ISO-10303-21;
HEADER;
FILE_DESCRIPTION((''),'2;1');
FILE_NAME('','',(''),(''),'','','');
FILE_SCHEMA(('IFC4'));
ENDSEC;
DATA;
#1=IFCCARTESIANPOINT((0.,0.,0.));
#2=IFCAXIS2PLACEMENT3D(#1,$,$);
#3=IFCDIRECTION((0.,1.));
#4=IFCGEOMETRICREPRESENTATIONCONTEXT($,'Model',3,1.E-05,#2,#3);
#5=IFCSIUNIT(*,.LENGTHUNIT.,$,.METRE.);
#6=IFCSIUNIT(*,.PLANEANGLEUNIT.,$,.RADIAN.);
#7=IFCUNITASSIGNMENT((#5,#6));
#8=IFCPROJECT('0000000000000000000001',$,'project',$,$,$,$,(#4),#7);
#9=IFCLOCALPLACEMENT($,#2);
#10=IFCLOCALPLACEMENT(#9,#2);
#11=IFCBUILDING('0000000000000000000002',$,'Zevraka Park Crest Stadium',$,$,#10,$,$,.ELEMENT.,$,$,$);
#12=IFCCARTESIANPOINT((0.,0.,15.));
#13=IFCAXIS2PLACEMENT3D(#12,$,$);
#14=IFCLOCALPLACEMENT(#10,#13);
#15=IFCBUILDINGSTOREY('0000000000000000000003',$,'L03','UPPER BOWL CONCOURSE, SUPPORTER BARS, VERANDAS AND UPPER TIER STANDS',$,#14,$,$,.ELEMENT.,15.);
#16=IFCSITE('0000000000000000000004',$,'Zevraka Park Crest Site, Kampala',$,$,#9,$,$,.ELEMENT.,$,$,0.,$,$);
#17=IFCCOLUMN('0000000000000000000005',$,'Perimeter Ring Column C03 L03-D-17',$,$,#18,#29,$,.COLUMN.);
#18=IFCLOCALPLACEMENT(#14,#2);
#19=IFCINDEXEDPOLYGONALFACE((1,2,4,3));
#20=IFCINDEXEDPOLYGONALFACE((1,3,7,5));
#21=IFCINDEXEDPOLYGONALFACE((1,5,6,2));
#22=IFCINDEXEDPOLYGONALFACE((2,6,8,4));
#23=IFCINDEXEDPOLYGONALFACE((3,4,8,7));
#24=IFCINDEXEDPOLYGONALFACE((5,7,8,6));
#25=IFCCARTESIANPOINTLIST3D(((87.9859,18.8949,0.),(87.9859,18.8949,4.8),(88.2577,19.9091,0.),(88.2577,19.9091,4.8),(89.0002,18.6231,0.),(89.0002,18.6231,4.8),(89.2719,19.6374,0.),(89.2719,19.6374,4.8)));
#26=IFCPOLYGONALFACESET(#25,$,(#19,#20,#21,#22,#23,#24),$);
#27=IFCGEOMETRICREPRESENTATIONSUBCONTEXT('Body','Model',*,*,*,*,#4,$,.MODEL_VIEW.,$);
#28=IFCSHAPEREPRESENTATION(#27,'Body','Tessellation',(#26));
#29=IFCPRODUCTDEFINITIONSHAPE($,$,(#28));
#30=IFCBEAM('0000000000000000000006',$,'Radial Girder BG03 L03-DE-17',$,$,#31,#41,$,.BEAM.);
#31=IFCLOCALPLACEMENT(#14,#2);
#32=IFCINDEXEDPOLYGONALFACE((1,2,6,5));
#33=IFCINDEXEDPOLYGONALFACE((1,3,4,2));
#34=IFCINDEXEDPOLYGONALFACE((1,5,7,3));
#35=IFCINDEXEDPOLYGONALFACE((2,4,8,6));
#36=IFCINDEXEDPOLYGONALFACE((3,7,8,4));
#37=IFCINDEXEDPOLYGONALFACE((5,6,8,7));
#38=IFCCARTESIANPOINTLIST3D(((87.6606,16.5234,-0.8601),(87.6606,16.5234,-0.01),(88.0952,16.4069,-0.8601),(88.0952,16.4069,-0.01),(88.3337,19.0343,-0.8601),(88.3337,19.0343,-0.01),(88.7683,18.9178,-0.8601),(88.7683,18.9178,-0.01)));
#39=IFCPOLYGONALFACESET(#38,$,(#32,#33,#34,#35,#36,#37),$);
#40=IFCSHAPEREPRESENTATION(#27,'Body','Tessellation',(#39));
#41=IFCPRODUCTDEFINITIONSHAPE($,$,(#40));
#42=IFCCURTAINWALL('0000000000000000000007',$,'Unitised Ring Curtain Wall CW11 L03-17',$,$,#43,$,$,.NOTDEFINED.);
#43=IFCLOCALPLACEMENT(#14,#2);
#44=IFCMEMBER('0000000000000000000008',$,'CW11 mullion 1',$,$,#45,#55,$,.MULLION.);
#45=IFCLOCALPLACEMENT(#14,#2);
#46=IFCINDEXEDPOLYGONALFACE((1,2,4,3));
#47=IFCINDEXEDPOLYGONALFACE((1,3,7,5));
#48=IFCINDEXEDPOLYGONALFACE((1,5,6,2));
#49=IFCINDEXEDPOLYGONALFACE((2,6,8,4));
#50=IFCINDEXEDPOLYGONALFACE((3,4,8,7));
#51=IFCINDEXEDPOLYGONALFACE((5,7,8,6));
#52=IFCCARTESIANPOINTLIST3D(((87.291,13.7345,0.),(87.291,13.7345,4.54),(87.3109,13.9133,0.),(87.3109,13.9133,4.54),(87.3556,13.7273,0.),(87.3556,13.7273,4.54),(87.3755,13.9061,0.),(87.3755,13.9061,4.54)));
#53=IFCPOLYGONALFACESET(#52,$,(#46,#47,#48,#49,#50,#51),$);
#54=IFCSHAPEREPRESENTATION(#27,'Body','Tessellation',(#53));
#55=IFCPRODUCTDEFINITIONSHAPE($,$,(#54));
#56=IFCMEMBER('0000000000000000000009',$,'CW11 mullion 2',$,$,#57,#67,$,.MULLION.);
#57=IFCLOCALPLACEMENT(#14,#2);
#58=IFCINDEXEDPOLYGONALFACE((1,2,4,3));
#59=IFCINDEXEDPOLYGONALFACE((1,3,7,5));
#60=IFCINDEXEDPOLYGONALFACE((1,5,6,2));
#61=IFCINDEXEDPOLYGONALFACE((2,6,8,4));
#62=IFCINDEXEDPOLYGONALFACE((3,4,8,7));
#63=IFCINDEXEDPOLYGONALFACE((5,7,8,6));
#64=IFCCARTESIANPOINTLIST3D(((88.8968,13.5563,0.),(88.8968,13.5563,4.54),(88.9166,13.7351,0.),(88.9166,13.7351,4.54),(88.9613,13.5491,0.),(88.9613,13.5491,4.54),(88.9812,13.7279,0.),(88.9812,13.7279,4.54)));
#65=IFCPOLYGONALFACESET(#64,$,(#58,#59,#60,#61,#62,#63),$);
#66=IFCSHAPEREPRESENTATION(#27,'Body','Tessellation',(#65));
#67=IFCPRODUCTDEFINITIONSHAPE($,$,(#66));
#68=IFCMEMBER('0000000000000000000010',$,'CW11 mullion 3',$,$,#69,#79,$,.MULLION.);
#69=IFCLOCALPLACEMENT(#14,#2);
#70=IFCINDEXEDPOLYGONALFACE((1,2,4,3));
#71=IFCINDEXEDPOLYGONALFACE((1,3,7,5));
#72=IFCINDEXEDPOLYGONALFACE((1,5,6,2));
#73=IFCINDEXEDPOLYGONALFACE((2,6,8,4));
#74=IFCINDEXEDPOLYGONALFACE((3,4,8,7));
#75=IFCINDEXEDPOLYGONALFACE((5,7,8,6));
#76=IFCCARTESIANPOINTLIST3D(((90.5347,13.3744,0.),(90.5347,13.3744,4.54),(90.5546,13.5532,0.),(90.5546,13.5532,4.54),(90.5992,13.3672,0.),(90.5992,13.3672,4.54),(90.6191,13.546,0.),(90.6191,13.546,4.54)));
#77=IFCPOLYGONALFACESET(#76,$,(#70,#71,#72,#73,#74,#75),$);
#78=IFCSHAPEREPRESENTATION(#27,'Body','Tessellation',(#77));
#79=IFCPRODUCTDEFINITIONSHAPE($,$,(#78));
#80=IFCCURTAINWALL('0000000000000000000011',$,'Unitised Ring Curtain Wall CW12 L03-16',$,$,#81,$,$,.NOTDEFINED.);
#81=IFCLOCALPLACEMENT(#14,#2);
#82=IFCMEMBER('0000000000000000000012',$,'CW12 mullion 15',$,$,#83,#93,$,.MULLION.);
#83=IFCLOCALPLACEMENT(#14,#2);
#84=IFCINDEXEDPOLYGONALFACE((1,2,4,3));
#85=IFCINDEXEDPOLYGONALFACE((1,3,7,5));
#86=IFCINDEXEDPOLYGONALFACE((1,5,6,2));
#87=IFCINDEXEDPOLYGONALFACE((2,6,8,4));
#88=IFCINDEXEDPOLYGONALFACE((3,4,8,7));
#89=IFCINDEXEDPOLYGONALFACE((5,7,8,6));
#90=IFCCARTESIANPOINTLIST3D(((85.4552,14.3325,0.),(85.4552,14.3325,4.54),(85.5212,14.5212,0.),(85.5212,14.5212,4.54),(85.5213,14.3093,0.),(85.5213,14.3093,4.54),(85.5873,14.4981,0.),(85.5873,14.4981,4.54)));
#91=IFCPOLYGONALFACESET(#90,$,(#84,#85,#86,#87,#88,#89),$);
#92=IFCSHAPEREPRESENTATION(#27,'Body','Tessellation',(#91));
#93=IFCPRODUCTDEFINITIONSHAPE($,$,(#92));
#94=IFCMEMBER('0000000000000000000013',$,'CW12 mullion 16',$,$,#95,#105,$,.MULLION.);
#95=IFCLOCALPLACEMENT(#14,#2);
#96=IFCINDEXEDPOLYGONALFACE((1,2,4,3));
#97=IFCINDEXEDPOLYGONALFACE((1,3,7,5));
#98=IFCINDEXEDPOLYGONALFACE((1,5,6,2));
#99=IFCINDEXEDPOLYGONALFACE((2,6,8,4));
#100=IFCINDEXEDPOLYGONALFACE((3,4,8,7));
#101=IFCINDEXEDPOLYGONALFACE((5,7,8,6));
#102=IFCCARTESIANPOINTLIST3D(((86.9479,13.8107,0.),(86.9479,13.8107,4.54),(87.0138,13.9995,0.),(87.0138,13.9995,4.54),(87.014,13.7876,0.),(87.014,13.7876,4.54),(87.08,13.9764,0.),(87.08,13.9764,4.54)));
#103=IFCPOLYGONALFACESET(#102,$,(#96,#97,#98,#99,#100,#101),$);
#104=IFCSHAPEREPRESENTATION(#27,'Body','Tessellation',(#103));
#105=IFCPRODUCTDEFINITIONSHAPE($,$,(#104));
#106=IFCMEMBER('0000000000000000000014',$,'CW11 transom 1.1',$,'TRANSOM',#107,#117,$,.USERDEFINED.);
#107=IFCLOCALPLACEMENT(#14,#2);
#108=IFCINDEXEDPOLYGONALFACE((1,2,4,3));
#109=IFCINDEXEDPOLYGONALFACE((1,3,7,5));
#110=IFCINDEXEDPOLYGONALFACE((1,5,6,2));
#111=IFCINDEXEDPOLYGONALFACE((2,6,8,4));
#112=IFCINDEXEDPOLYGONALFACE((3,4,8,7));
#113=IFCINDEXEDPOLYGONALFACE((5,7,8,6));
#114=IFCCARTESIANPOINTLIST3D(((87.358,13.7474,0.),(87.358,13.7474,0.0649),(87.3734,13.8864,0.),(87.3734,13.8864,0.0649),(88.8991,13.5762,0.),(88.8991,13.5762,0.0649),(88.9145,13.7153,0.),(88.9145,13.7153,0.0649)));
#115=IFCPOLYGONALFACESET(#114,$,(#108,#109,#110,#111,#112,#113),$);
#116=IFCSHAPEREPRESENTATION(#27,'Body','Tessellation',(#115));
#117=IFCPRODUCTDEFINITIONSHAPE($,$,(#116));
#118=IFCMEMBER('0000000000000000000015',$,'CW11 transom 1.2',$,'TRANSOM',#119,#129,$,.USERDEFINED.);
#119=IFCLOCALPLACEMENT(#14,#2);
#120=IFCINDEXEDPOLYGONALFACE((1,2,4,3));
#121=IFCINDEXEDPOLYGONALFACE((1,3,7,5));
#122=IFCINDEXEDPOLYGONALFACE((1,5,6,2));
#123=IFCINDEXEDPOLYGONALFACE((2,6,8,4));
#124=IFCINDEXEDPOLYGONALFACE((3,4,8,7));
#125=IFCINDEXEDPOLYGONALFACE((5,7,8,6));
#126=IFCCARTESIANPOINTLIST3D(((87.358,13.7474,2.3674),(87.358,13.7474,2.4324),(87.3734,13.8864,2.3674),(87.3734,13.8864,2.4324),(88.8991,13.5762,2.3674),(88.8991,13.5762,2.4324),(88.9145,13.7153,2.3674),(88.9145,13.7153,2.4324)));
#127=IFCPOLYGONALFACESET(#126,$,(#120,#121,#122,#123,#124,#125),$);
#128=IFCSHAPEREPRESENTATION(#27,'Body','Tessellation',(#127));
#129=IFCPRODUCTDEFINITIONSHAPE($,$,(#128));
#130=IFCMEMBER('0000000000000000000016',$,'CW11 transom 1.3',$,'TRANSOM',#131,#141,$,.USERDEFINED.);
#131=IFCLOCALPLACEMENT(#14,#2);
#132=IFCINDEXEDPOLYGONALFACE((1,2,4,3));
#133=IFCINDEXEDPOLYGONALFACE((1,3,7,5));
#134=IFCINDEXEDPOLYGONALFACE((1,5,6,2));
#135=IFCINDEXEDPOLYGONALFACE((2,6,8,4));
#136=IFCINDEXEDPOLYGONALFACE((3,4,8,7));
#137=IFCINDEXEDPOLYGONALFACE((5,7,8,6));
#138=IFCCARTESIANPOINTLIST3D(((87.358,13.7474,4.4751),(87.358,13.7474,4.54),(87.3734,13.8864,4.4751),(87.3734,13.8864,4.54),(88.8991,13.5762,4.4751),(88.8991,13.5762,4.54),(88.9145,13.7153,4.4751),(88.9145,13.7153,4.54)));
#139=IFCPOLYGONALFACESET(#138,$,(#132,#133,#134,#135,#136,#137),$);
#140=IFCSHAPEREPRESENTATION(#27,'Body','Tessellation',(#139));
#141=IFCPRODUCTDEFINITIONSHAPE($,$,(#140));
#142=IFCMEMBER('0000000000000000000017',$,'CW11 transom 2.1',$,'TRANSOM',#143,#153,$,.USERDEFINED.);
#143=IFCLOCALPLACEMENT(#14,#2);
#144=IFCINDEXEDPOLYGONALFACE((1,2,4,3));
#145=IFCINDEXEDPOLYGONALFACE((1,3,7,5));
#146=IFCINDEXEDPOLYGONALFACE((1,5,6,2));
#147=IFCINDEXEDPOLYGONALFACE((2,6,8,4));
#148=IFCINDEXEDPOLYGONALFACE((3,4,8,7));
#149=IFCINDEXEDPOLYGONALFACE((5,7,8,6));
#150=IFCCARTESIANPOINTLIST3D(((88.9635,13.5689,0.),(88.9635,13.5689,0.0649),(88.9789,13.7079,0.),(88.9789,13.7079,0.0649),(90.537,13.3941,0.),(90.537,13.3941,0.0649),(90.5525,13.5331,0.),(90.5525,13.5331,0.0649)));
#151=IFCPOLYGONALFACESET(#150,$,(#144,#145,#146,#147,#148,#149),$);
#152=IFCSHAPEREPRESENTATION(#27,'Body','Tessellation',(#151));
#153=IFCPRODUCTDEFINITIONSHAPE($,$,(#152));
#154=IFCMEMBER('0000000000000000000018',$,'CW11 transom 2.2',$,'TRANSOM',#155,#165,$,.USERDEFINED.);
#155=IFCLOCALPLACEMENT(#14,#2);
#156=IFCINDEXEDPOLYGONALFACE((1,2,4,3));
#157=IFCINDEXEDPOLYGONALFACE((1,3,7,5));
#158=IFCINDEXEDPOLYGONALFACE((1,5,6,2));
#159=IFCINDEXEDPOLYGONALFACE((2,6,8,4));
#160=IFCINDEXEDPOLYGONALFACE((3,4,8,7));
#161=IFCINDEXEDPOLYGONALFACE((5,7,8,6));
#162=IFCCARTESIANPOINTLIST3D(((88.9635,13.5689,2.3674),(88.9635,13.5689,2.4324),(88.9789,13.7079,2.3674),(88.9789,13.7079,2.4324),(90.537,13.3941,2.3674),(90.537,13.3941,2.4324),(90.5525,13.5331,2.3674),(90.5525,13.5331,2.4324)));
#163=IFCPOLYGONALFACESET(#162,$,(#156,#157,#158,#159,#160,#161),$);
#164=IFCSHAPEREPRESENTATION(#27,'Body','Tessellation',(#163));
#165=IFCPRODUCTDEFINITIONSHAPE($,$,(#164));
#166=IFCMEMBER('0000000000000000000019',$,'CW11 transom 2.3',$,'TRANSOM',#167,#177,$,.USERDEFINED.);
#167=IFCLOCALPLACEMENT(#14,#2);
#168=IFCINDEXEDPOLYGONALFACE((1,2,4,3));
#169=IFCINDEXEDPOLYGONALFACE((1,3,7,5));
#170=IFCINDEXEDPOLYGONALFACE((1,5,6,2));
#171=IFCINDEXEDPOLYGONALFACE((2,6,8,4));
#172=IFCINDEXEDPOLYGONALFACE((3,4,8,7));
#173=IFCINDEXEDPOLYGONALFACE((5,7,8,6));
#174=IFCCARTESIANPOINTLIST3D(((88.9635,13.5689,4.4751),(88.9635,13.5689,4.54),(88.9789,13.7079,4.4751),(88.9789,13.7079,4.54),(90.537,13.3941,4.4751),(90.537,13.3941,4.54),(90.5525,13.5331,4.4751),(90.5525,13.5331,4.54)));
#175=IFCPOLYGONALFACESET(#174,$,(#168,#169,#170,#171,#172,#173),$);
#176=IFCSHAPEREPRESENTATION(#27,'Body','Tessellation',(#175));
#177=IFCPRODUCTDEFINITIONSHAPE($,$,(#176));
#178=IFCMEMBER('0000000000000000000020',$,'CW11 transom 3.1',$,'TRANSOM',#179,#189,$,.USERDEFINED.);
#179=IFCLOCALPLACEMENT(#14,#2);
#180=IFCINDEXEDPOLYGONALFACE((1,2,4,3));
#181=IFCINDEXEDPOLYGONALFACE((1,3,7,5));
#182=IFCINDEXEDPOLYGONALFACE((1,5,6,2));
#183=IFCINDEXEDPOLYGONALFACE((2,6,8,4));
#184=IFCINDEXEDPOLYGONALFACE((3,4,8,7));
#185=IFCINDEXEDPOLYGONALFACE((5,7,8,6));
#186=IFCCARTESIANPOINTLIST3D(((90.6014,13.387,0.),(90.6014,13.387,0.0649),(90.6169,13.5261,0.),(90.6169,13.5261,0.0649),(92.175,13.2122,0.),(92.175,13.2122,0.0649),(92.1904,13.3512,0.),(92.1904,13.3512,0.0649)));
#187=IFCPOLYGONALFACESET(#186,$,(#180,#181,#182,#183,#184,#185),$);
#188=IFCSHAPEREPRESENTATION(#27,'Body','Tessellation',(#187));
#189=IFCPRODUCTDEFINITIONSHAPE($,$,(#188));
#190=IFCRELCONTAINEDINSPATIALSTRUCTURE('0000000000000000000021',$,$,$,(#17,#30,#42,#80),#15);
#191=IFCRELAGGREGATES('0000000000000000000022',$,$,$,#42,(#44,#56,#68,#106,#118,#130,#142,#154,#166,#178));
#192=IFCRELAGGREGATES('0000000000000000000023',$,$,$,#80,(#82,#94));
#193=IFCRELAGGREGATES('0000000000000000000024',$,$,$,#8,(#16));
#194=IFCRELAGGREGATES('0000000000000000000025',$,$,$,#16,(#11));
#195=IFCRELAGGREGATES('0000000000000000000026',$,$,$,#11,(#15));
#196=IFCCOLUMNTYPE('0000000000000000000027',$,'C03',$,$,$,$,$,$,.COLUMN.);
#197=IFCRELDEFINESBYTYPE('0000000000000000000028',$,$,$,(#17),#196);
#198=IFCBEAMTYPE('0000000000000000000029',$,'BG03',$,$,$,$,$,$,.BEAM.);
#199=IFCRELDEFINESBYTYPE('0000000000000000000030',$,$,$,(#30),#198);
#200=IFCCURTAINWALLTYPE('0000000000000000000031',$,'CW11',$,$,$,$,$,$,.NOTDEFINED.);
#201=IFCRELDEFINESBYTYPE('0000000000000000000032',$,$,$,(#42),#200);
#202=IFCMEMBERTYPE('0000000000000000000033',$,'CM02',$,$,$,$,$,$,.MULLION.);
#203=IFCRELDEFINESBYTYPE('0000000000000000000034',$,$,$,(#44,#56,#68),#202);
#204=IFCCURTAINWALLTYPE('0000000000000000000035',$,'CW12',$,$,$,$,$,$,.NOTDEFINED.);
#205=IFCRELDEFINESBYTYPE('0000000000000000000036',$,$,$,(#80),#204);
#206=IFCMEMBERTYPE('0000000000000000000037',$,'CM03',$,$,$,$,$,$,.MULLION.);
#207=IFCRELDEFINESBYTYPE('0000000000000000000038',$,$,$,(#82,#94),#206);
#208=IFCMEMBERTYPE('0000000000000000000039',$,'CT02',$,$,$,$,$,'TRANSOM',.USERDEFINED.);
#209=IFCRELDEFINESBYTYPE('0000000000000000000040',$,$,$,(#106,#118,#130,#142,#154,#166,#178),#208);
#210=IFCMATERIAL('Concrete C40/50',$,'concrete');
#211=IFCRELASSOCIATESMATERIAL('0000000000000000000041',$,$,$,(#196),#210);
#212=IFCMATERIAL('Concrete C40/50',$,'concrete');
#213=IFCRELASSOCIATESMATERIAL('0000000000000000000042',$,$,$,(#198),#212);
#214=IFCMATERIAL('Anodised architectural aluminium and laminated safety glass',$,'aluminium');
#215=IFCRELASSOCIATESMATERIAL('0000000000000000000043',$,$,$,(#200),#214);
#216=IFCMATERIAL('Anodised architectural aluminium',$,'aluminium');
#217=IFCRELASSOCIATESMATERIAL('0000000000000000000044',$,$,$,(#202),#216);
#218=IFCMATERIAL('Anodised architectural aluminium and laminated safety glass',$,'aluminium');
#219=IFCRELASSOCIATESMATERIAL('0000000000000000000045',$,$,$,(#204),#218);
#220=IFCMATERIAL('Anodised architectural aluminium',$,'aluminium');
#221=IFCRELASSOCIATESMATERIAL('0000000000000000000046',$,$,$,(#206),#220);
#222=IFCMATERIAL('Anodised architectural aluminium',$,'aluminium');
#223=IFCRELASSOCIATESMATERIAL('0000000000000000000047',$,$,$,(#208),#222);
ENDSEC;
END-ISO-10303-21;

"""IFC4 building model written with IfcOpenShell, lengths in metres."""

from ifc_helpers import new_model, si_unit, direction, frame, origin, origin_2d, place, context, subcontext, project, spatial, rectangle, extrude, material, material_profile, profile_set, type_object, element, aggregate, save


model = new_model("IFC4")

# Units and contexts
model_context = context("Model", 3, precision=1e-05, world=origin(), true_north=direction((0.0, 1.0)))
body_context = subcontext(model_context, "Body", "Model", "MODEL_VIEW")
ifc_project = project(units=[si_unit("LENGTHUNIT", "METRE"), si_unit("PLANEANGLEUNIT", "RADIAN")], contexts=[model_context])

# Site, building, storey
site_placement = place(None, origin())
site = spatial("IfcSite", under=ifc_project, at=site_placement, Name="Zevraka Park Crest Site, Kampala", CompositionType="ELEMENT", RefElevation=0.0)
building_placement = place(site_placement, origin())
building = spatial("IfcBuilding", under=site, at=building_placement, Name="Zevraka Park Crest Stadium", CompositionType="ELEMENT")
storey_placement = place(building_placement, frame((0.0, 0.0, 15.0)))
storey = spatial("IfcBuildingStorey", under=building, at=storey_placement, Name="L03", Description="UPPER BOWL CONCOURSE, SUPPORTER BARS, VERANDAS AND UPPER TIER STANDS", CompositionType="ELEMENT", Elevation=15.0)

# Column
ifc_material_1 = material(Name="Concrete C40/50", Category="concrete")
ifc_material_profile_1 = material_profile(ifc_material_1, rectangle(XDim=1.05, YDim=1.05, at=origin_2d()), Name="RC 1050x1050")
ifc_profile_set_1 = profile_set([ifc_material_profile_1], Name="Concrete C40/50")
column_type = type_object("IfcColumnType", Name="C03", PredefinedType="COLUMN", material=ifc_profile_set_1)
column_placement = place(storey_placement, frame((88.6289, 19.2661, 0.0), z_axis=(0.0, 0.0, 1.0), x_axis=(0.258819, 0.965926, 0.0)))
element("IfcColumn", 1, at=column_placement, inside=storey, type_object=column_type, Name="Perimeter Ring Column C03 L03-D-17", PredefinedType="COLUMN", context=body_context, shape_type="SweptSolid", body=[
    extrude(rectangle(XDim=1.05, YDim=1.05, at=origin_2d()), origin(), (0.0, 0.0, 1.0), 4.8),
])

# Beam
ifc_material_2 = material(Name="Concrete C40/50", Category="concrete")
ifc_material_profile_2 = material_profile(ifc_material_2, rectangle(XDim=0.45, YDim=0.8501, at=origin_2d()), Name="RC 850x450")
ifc_profile_set_2 = profile_set([ifc_material_profile_2], Name="Concrete C40/50")
beam_type_1 = type_object("IfcBeamType", Name="BG03", PredefinedType="BEAM", material=ifc_profile_set_2)
beam_1_placement = place(storey_placement, frame((88.551, 18.9761, -0.4351), z_axis=(-0.258919, -0.965899, 0.0), x_axis=(0.965899, -0.258919, 0.0)))
element("IfcBeam", 2, at=beam_1_placement, inside=storey, type_object=beam_type_1, Name="Radial Girder BG03 L03-DE-17", PredefinedType="BEAM", context=body_context, shape_type="SweptSolid", body=[
    extrude(rectangle(XDim=0.45, YDim=0.8501, at=origin_2d()), origin(), (0.0, 0.0, 1.0), 2.5996),
])

# Curtain walls, members
ifc_material_3 = material(Name="Anodised architectural aluminium and laminated safety glass", Category="aluminium")
curtain_wall_type_1 = type_object("IfcCurtainWallType", Name="CW11", PredefinedType="NOTDEFINED", material=ifc_material_3)
curtain_wall_1_placement = place(storey_placement, origin())
curtain_wall_1 = element("IfcCurtainWall", 3, at=curtain_wall_1_placement, inside=storey, type_object=curtain_wall_type_1, Name="Unitised Ring Curtain Wall CW11 L03-17", PredefinedType="NOTDEFINED")
ifc_material_4 = material(Name="Anodised architectural aluminium", Category="aluminium")
ifc_material_profile_3 = material_profile(ifc_material_4, rectangle(XDim=0.1799, YDim=0.0649, at=origin_2d()), Name="ALU MULLION 180x65")
ifc_profile_set_3 = profile_set([ifc_material_profile_3], Name="Anodised architectural aluminium")
member_type_1 = type_object("IfcMemberType", Name="CM02", PredefinedType="MULLION", material=ifc_profile_set_3)
member_1_placement = place(storey_placement, frame((87.3333, 13.8203, 0.0), z_axis=(0.0, 0.0, 1.0), x_axis=(0.110396, 0.993888, 0.0)))
member_1 = element("IfcMember", 4, at=member_1_placement, type_object=member_type_1, Name="CW11 mullion 1", PredefinedType="MULLION", context=body_context, shape_type="SweptSolid", body=[
    extrude(rectangle(XDim=0.1799, YDim=0.0649, at=origin_2d()), origin(), (0.0, 0.0, 1.0), 4.54),
])
member_2_placement = place(storey_placement, frame((88.939, 13.6421, 0.0), z_axis=(0.0, 0.0, 1.0), x_axis=(0.110396, 0.993888, 0.0)))
member_2 = element("IfcMember", 5, at=member_2_placement, type_object=member_type_1, Name="CW11 mullion 2", PredefinedType="MULLION", context=body_context, shape_type="SweptSolid", body=[
    extrude(rectangle(XDim=0.1799, YDim=0.0649, at=origin_2d()), origin(), (0.0, 0.0, 1.0), 4.54),
])
member_3_placement = place(storey_placement, frame((90.5769, 13.4602, 0.0), z_axis=(0.0, 0.0, 1.0), x_axis=(0.110396, 0.993888, 0.0)))
member_3 = element("IfcMember", 6, at=member_3_placement, type_object=member_type_1, Name="CW11 mullion 3", PredefinedType="MULLION", context=body_context, shape_type="SweptSolid", body=[
    extrude(rectangle(XDim=0.1799, YDim=0.0649, at=origin_2d()), origin(), (0.0, 0.0, 1.0), 4.54),
])
ifc_material_5 = material(Name="Anodised architectural aluminium and laminated safety glass", Category="aluminium")
curtain_wall_type_2 = type_object("IfcCurtainWallType", Name="CW12", PredefinedType="NOTDEFINED", material=ifc_material_5)
curtain_wall_2_placement = place(storey_placement, origin())
curtain_wall_2 = element("IfcCurtainWall", 7, at=curtain_wall_2_placement, inside=storey, type_object=curtain_wall_type_2, Name="Unitised Ring Curtain Wall CW12 L03-16", PredefinedType="NOTDEFINED")
ifc_material_6 = material(Name="Anodised architectural aluminium", Category="aluminium")
ifc_material_profile_4 = material_profile(ifc_material_6, rectangle(XDim=0.2, YDim=0.0701, at=origin_2d()), Name="ALU MULLION 200x70")
ifc_profile_set_4 = profile_set([ifc_material_profile_4], Name="Anodised architectural aluminium")
member_type_2 = type_object("IfcMemberType", Name="CM03", PredefinedType="MULLION", material=ifc_profile_set_4)
member_4_placement = place(storey_placement, frame((85.5212, 14.4153, 0.0), z_axis=(0.0, 0.0, 1.0), x_axis=(0.329917, 0.94401, 0.0)))
member_4 = element("IfcMember", 8, at=member_4_placement, type_object=member_type_2, Name="CW12 mullion 15", PredefinedType="MULLION", context=body_context, shape_type="SweptSolid", body=[
    extrude(rectangle(XDim=0.2, YDim=0.0701, at=origin_2d()), origin(), (0.0, 0.0, 1.0), 4.54),
])
member_5_placement = place(storey_placement, frame((87.0139, 13.8936, 0.0), z_axis=(0.0, 0.0, 1.0), x_axis=(0.329917, 0.94401, 0.0)))
member_5 = element("IfcMember", 9, at=member_5_placement, type_object=member_type_2, Name="CW12 mullion 16", PredefinedType="MULLION", context=body_context, shape_type="SweptSolid", body=[
    extrude(rectangle(XDim=0.2, YDim=0.0701, at=origin_2d()), origin(), (0.0, 0.0, 1.0), 4.54),
])

# Members
ifc_material_7 = material(Name="Anodised architectural aluminium", Category="aluminium")
ifc_material_profile_5 = material_profile(ifc_material_7, rectangle(XDim=0.1399, YDim=0.0649, at=origin_2d()), Name="ALU TRANSOM 140x65")
ifc_profile_set_5 = profile_set([ifc_material_profile_5], Name="Anodised architectural aluminium")
member_type_3 = type_object("IfcMemberType", Name="CT02", ElementType="TRANSOM", PredefinedType="USERDEFINED", material=ifc_profile_set_5)
member_6_placement = place(storey_placement, frame((87.3657, 13.8169, 0.0325), z_axis=(0.993889, -0.11038, 0.0), x_axis=(0.11038, 0.993889, 0.0)))
member_6 = element("IfcMember", 10, at=member_6_placement, type_object=member_type_3, Name="CW11 transom 1.1", ObjectType="TRANSOM", PredefinedType="USERDEFINED", context=body_context, shape_type="SweptSolid", body=[
    extrude(rectangle(XDim=0.1399, YDim=0.0649, at=origin_2d()), origin(), (0.0, 0.0, 1.0), 1.5505),
])
member_7_placement = place(storey_placement, frame((87.3657, 13.8169, 2.3999), z_axis=(0.993889, -0.11038, 0.0), x_axis=(0.11038, 0.993889, 0.0)))
member_7 = element("IfcMember", 11, at=member_7_placement, type_object=member_type_3, Name="CW11 transom 1.2", ObjectType="TRANSOM", PredefinedType="USERDEFINED", context=body_context, shape_type="SweptSolid", body=[
    extrude(rectangle(XDim=0.1399, YDim=0.0649, at=origin_2d()), origin(), (0.0, 0.0, 1.0), 1.5505),
])
member_8_placement = place(storey_placement, frame((87.3657, 13.8169, 4.5076), z_axis=(0.993889, -0.11038, 0.0), x_axis=(0.11038, 0.993889, 0.0)))
member_8 = element("IfcMember", 12, at=member_8_placement, type_object=member_type_3, Name="CW11 transom 1.3", ObjectType="TRANSOM", PredefinedType="USERDEFINED", context=body_context, shape_type="SweptSolid", body=[
    extrude(rectangle(XDim=0.1399, YDim=0.0649, at=origin_2d()), origin(), (0.0, 0.0, 1.0), 1.5505),
])
member_9_placement = place(storey_placement, frame((88.9712, 13.6384, 0.0325), z_axis=(0.993886, -0.110415, 0.0), x_axis=(0.110415, 0.993886, 0.0)))
member_9 = element("IfcMember", 13, at=member_9_placement, type_object=member_type_3, Name="CW11 transom 2.1", ObjectType="TRANSOM", PredefinedType="USERDEFINED", context=body_context, shape_type="SweptSolid", body=[
    extrude(rectangle(XDim=0.1399, YDim=0.0649, at=origin_2d()), origin(), (0.0, 0.0, 1.0), 1.5833),
])
member_10_placement = place(storey_placement, frame((88.9712, 13.6384, 2.3999), z_axis=(0.993886, -0.110415, 0.0), x_axis=(0.110415, 0.993886, 0.0)))
member_10 = element("IfcMember", 14, at=member_10_placement, type_object=member_type_3, Name="CW11 transom 2.2", ObjectType="TRANSOM", PredefinedType="USERDEFINED", context=body_context, shape_type="SweptSolid", body=[
    extrude(rectangle(XDim=0.1399, YDim=0.0649, at=origin_2d()), origin(), (0.0, 0.0, 1.0), 1.5833),
])
member_11_placement = place(storey_placement, frame((88.9712, 13.6384, 4.5076), z_axis=(0.993886, -0.110415, 0.0), x_axis=(0.110415, 0.993886, 0.0)))
member_11 = element("IfcMember", 15, at=member_11_placement, type_object=member_type_3, Name="CW11 transom 2.3", ObjectType="TRANSOM", PredefinedType="USERDEFINED", context=body_context, shape_type="SweptSolid", body=[
    extrude(rectangle(XDim=0.1399, YDim=0.0649, at=origin_2d()), origin(), (0.0, 0.0, 1.0), 1.5833),
])
member_12_placement = place(storey_placement, frame((90.6091, 13.4565, 0.0325), z_axis=(0.993886, -0.110415, 0.0), x_axis=(0.110415, 0.993886, 0.0)))
member_12 = element("IfcMember", 16, at=member_12_placement, type_object=member_type_3, Name="CW11 transom 3.1", ObjectType="TRANSOM", PredefinedType="USERDEFINED", context=body_context, shape_type="SweptSolid", body=[
    extrude(rectangle(XDim=0.1399, YDim=0.0649, at=origin_2d()), origin(), (0.0, 0.0, 1.0), 1.5833),
])

aggregate(curtain_wall_1, [member_1, member_2, member_3, member_6, member_7, member_8, member_9, member_10, member_11, member_12])
aggregate(curtain_wall_2, [member_4, member_5])

save(model, "model.ifc")
